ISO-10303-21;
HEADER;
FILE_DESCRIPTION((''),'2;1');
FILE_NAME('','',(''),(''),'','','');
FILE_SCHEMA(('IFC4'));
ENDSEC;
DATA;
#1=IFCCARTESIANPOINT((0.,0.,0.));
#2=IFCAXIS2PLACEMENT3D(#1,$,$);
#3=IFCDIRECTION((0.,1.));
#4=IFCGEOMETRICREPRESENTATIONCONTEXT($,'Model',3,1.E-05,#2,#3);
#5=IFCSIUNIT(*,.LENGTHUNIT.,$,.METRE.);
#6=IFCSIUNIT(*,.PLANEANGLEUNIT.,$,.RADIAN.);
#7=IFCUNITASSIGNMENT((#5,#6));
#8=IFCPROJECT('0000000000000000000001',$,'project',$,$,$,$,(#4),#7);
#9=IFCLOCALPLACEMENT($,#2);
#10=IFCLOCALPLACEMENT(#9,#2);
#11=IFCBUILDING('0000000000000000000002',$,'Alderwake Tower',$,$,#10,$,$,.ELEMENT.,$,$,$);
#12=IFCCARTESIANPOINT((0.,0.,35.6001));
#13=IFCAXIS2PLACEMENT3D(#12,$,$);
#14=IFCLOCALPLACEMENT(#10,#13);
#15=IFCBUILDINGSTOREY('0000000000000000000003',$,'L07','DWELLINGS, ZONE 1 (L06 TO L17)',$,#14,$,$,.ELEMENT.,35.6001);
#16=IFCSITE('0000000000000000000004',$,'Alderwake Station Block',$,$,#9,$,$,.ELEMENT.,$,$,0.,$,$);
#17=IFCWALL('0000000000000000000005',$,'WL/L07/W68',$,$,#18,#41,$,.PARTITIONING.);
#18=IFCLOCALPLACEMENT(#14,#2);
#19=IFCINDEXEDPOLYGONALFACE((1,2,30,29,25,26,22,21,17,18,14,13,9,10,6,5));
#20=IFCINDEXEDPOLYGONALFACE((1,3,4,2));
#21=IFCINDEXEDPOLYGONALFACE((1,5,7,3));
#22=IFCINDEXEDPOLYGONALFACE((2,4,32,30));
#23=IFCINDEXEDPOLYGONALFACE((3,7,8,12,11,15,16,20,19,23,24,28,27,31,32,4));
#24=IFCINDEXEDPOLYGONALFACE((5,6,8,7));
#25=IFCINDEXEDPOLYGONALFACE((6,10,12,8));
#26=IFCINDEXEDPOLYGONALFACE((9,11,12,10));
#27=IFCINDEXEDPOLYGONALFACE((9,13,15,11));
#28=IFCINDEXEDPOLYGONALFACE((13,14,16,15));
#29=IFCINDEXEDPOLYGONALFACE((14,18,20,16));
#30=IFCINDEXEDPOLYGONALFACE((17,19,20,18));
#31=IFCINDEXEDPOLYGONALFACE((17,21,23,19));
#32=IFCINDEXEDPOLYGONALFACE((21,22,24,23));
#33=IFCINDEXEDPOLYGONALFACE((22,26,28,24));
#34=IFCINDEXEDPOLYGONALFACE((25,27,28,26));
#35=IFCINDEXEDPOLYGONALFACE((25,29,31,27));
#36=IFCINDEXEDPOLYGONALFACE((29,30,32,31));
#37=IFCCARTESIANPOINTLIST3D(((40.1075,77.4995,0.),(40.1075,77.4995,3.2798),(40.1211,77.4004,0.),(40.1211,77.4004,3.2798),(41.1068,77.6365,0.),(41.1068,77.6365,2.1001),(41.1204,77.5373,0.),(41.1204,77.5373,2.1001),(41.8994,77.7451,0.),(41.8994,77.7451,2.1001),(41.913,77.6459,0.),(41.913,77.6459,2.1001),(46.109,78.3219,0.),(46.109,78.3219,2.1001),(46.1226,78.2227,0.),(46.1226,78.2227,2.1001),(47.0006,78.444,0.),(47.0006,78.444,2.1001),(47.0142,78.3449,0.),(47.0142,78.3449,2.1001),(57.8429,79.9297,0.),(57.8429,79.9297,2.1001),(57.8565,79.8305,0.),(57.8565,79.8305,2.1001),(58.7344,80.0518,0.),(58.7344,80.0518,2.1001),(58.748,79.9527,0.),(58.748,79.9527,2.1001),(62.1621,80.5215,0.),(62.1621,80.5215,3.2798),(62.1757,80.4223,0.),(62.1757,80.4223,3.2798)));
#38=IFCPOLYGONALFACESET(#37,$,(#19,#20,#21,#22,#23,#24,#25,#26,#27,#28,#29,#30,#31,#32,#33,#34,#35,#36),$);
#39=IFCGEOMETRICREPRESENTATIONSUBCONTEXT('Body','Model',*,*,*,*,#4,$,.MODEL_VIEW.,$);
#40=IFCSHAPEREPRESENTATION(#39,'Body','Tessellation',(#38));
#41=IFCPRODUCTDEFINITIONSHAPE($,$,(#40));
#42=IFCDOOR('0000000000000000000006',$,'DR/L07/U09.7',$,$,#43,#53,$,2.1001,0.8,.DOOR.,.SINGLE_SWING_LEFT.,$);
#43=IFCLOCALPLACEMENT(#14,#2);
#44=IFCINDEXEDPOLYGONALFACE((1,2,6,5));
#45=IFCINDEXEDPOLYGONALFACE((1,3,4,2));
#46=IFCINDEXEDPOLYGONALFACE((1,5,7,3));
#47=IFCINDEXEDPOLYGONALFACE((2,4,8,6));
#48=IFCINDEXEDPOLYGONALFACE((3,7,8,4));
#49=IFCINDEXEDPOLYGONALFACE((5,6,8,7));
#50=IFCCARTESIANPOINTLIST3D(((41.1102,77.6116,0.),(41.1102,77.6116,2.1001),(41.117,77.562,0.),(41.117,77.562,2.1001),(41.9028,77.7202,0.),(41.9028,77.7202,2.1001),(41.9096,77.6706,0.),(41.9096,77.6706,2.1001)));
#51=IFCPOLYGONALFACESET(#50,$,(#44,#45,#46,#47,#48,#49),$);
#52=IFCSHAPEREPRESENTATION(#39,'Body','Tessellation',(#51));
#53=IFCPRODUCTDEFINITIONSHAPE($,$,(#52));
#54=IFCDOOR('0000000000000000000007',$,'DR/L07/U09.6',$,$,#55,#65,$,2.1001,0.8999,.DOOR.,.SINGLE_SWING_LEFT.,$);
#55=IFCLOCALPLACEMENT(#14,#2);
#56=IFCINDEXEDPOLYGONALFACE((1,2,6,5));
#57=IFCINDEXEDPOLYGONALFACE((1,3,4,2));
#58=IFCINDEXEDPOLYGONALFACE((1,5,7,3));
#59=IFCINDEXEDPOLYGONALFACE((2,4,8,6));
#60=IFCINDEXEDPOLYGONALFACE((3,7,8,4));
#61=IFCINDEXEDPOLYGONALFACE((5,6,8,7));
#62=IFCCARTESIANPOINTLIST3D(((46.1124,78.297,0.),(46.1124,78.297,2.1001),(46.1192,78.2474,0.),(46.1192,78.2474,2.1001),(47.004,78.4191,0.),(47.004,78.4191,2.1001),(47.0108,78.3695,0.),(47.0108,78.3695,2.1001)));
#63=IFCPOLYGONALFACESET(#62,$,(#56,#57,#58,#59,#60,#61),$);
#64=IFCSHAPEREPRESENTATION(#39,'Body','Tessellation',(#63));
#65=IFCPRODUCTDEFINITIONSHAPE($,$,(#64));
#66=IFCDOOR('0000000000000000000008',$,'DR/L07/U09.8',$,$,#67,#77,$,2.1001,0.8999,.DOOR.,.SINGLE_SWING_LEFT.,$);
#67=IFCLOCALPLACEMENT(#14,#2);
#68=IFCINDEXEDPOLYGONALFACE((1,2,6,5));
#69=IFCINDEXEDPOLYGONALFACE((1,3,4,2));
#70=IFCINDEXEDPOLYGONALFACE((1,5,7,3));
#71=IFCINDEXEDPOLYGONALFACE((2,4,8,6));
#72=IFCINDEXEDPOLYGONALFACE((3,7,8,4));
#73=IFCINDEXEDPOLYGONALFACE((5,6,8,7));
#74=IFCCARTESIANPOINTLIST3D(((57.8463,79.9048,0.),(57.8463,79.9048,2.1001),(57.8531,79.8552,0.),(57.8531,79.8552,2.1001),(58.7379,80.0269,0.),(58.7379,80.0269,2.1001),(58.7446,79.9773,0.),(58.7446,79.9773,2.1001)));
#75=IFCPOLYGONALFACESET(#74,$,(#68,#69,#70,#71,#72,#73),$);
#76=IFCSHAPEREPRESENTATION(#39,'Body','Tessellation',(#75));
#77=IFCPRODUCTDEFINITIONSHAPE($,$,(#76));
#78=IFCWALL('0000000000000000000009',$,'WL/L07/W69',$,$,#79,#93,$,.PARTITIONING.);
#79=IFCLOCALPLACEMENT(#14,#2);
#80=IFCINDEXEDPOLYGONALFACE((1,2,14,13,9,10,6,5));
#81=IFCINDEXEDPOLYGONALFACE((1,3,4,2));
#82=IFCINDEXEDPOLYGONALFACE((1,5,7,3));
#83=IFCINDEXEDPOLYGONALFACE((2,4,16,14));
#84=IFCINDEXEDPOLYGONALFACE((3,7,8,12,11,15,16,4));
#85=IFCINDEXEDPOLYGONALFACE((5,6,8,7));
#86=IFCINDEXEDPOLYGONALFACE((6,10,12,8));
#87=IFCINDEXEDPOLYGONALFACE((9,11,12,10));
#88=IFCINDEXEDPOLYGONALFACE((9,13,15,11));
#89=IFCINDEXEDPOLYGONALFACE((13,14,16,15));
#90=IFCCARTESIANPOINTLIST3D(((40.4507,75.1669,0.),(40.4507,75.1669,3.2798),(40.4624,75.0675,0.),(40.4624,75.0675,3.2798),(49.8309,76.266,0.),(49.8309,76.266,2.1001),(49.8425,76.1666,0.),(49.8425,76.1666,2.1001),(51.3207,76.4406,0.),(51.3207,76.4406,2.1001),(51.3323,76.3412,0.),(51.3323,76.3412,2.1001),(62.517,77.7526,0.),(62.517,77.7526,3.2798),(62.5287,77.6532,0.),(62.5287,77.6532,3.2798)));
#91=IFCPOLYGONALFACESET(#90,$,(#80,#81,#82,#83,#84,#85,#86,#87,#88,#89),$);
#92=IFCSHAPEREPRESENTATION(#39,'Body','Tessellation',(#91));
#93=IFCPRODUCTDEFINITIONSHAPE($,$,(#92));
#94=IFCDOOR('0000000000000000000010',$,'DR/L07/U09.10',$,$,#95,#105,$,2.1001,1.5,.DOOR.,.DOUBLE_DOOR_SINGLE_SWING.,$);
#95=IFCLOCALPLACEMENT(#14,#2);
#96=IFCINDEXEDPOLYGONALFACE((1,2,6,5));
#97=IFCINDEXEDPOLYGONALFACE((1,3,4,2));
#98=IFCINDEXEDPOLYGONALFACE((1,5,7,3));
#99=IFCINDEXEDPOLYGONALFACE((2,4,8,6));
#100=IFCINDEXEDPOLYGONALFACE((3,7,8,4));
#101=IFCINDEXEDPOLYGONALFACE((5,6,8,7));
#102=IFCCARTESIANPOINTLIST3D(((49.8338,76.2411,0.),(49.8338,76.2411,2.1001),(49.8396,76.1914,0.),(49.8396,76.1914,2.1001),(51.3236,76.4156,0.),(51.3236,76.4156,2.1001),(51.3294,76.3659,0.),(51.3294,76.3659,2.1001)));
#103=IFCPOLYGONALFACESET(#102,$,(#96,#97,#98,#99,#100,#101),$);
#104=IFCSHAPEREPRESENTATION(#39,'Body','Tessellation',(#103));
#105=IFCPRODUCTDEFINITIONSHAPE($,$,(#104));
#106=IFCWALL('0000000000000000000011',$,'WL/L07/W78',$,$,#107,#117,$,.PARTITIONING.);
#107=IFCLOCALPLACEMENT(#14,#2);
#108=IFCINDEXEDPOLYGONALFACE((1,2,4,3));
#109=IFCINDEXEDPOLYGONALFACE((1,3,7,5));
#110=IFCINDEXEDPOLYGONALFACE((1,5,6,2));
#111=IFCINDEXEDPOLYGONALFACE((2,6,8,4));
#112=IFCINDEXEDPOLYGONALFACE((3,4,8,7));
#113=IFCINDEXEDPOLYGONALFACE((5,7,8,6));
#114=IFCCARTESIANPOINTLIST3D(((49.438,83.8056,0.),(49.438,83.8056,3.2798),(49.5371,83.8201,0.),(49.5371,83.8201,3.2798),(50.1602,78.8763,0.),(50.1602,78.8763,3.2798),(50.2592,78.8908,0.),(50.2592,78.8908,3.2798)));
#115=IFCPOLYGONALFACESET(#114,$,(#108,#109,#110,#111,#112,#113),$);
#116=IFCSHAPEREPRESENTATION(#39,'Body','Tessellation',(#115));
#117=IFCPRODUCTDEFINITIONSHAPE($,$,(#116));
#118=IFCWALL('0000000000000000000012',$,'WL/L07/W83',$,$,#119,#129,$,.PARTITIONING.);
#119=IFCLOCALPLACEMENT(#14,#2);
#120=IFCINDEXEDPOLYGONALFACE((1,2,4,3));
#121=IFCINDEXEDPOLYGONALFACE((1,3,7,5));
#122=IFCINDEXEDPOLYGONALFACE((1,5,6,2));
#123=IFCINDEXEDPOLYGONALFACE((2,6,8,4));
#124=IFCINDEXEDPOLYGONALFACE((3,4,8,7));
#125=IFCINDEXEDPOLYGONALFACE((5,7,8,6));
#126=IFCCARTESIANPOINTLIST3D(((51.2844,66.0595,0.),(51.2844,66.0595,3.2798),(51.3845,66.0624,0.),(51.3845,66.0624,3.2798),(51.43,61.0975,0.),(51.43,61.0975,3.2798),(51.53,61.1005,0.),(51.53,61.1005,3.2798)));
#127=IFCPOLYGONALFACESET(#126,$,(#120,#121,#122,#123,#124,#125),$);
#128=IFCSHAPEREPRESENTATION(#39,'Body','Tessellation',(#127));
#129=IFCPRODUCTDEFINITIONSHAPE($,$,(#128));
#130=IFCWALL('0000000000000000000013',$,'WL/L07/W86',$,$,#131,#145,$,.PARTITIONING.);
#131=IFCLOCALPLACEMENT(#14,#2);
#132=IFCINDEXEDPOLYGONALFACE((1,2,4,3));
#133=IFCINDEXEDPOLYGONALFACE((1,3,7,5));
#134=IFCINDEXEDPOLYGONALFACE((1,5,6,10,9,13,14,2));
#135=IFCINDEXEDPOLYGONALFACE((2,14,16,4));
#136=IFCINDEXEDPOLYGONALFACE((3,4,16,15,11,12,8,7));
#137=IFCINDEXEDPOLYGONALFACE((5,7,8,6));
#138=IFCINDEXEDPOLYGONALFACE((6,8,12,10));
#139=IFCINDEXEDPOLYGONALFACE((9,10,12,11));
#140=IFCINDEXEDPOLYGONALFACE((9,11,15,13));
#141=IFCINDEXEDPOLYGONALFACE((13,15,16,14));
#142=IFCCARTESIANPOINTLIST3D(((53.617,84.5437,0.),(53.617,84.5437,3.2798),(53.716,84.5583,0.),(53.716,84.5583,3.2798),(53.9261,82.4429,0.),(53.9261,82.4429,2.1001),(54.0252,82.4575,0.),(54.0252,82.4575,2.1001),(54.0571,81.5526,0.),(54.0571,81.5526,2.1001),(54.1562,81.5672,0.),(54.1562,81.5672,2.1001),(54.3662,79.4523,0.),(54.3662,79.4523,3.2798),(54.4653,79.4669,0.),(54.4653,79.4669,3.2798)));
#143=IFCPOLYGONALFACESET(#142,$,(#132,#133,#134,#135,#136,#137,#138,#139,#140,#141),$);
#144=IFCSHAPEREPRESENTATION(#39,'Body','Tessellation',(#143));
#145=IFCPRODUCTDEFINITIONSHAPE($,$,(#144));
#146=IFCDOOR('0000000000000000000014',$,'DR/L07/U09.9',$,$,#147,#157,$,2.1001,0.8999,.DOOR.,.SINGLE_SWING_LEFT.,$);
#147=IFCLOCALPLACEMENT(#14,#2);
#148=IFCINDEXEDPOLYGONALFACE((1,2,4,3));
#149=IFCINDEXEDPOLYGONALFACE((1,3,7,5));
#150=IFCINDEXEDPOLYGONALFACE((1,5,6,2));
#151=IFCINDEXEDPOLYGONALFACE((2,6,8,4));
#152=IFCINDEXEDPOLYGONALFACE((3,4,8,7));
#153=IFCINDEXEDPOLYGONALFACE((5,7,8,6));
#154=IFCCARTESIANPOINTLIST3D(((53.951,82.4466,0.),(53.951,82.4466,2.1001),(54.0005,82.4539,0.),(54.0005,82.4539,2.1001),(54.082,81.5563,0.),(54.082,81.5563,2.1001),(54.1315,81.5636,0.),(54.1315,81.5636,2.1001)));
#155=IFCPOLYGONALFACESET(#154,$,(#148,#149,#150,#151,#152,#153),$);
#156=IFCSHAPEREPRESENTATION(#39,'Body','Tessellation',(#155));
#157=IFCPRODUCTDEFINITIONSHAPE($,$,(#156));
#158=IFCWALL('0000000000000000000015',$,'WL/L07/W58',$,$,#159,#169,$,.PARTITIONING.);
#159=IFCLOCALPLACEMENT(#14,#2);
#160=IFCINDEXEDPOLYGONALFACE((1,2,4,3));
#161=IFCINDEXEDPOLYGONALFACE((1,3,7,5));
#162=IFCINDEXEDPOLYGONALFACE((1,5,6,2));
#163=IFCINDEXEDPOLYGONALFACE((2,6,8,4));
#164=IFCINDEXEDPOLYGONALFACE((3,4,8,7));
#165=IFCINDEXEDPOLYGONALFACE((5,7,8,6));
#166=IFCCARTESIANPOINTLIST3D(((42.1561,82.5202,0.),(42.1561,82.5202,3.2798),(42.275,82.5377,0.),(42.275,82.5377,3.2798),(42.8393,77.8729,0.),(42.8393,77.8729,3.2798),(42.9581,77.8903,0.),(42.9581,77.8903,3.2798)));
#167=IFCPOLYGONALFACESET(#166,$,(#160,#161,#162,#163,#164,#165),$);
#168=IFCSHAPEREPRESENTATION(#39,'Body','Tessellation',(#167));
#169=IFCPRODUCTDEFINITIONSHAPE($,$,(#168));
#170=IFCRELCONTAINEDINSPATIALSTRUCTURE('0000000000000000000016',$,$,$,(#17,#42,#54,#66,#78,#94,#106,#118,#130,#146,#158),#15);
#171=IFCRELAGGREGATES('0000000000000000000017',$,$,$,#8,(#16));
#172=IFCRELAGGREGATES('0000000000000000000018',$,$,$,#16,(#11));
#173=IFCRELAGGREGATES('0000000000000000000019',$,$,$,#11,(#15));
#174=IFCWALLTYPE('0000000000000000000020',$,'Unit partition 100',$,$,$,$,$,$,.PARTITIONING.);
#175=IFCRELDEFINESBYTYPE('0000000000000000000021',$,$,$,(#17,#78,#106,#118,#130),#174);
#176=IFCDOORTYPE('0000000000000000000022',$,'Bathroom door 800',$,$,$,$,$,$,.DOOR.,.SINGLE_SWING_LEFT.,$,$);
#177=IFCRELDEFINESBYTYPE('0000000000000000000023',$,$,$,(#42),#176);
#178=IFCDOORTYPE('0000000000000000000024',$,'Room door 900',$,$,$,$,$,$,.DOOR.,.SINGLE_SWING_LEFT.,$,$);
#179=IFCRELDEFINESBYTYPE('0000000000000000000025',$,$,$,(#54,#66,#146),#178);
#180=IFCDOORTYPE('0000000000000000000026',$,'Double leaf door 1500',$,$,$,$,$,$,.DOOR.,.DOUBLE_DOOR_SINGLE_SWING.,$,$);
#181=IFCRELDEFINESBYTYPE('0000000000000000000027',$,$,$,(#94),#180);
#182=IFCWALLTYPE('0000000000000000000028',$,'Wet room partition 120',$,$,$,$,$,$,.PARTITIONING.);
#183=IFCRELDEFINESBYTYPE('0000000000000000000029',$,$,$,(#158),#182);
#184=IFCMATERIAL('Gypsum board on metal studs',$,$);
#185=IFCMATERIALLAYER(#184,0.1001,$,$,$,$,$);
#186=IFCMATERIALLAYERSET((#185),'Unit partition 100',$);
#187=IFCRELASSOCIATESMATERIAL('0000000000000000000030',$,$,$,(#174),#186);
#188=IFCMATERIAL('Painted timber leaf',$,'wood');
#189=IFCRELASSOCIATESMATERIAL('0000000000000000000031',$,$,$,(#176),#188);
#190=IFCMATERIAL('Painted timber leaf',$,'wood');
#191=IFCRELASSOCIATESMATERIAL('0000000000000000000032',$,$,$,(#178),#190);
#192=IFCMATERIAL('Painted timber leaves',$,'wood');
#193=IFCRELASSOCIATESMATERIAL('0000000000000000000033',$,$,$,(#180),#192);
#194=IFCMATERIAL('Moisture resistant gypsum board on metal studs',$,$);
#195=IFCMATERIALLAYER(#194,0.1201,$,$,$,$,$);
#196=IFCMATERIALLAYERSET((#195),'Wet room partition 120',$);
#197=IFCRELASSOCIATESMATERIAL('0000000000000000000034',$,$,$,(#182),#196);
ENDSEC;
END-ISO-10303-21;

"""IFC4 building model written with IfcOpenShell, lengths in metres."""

from ifc_helpers import new_model, si_unit, direction, frame, frame_2d, origin, place, context, subcontext, project, spatial, rectangle, extrude, material, layer, layer_set, type_object, element, fill, save


model = new_model("IFC4")

# Units and contexts
model_context = context("Model", 3, precision=1e-05, world=origin(), true_north=direction((0.0, 1.0)))
body_context = subcontext(model_context, "Body", "Model", "MODEL_VIEW")
ifc_project = project(units=[si_unit("LENGTHUNIT", "METRE"), si_unit("PLANEANGLEUNIT", "RADIAN")], contexts=[model_context])

# Site, building, storey
site_placement = place(None, origin())
site = spatial("IfcSite", under=ifc_project, at=site_placement, Name="Alderwake Station Block", CompositionType="ELEMENT", RefElevation=0.0)
building_placement = place(site_placement, origin())
building = spatial("IfcBuilding", under=site, at=building_placement, Name="Alderwake Tower", CompositionType="ELEMENT")
storey_placement = place(building_placement, frame((0.0, 0.0, 35.6001)))
storey = spatial("IfcBuildingStorey", under=building, at=storey_placement, Name="L07", Description="DWELLINGS, ZONE 1 (L06 TO L17)", CompositionType="ELEMENT", Elevation=35.6001)

# Wall, openings, doors
ifc_material_1 = material(Name="Gypsum board on metal studs")
ifc_layer_1 = layer(ifc_material_1, 0.1001)
ifc_layer_set_1 = layer_set([ifc_layer_1], Name="Unit partition 100")
wall_type_1 = type_object("IfcWallType", Name="Unit partition 100", PredefinedType="PARTITIONING", material=ifc_layer_set_1)
wall_1_placement = place(storey_placement, frame((40.1143, 77.45, 0.0), z_axis=(0.0, 0.0, 1.0), x_axis=(0.990743, 0.135753, 0.0)))
wall_1 = element("IfcWall", 1, at=wall_1_placement, inside=storey, type_object=wall_type_1, Name="WL/L07/W68", PredefinedType="PARTITIONING", context=body_context, shape_type="SweptSolid", body=[
    extrude(rectangle(XDim=22.2607, YDim=0.1001, at=frame_2d((11.1304, 0.0))), origin(), (0.0, 0.0, 1.0), 3.2798),
])
opening_1_placement = place(wall_1_placement, frame((6.0576, 0.0, 0.0)))
opening_1 = element("IfcOpeningElement", 2, at=opening_1_placement, cuts=wall_1, PredefinedType="OPENING", context=body_context, shape_type="SweptSolid", body=[
    extrude(rectangle(XDim=0.8999, YDim=2.1001, at=frame_2d((0.45, 1.05))), frame((0.0, 0.0601, 0.0), z_axis=(0.0, -1.0, 0.0), x_axis=(1.0, 0.0, 0.0)), (0.0, 0.0, 1.0), 0.1201),
])
opening_2_placement = place(wall_1_placement, frame((1.0088, 0.0, 0.0)))
opening_2 = element("IfcOpeningElement", 3, at=opening_2_placement, cuts=wall_1, PredefinedType="OPENING", context=body_context, shape_type="SweptSolid", body=[
    extrude(rectangle(XDim=0.8, YDim=2.1001, at=frame_2d((0.3999, 1.05))), frame((0.0, 0.0601, 0.0), z_axis=(0.0, -1.0, 0.0), x_axis=(1.0, 0.0, 0.0)), (0.0, 0.0, 1.0), 0.1201),
])
opening_3_placement = place(wall_1_placement, frame((17.9011, 0.0, 0.0)))
opening_3 = element("IfcOpeningElement", 4, at=opening_3_placement, cuts=wall_1, PredefinedType="OPENING", context=body_context, shape_type="SweptSolid", body=[
    extrude(rectangle(XDim=0.8999, YDim=2.1001, at=frame_2d((0.45, 1.05))), frame((0.0, 0.0601, 0.0), z_axis=(0.0, -1.0, 0.0), x_axis=(1.0, 0.0, 0.0)), (0.0, 0.0, 1.0), 0.1201),
])
ifc_material_2 = material(Name="Painted timber leaf", Category="wood")
door_type_1 = type_object("IfcDoorType", Name="Bathroom door 800", OperationType="SINGLE_SWING_LEFT", PredefinedType="DOOR", material=ifc_material_2)
door_1_placement = place(opening_2_placement, origin())
door_1 = element("IfcDoor", 5, at=door_1_placement, inside=storey, type_object=door_type_1, Name="DR/L07/U09.7", OperationType="SINGLE_SWING_LEFT", OverallHeight=2.1001, OverallWidth=0.8, PredefinedType="DOOR", context=body_context, shape_type="SweptSolid", body=[
    extrude(rectangle(XDim=0.8, YDim=2.1001, at=frame_2d((0.3999, 1.05))), frame((0.0, 0.0249, 0.0), z_axis=(0.0, -1.0, 0.0), x_axis=(1.0, 0.0, 0.0)), (0.0, 0.0, 1.0), 0.05),
])
fill(opening_2, door_1)
ifc_material_3 = material(Name="Painted timber leaf", Category="wood")
door_type_2 = type_object("IfcDoorType", Name="Room door 900", OperationType="SINGLE_SWING_LEFT", PredefinedType="DOOR", material=ifc_material_3)
door_2_placement = place(opening_1_placement, origin())
door_2 = element("IfcDoor", 6, at=door_2_placement, inside=storey, type_object=door_type_2, Name="DR/L07/U09.6", OperationType="SINGLE_SWING_LEFT", OverallHeight=2.1001, OverallWidth=0.8999, PredefinedType="DOOR", context=body_context, shape_type="SweptSolid", body=[
    extrude(rectangle(XDim=0.8999, YDim=2.1001, at=frame_2d((0.45, 1.05))), frame((0.0, 0.0249, 0.0), z_axis=(0.0, -1.0, 0.0), x_axis=(1.0, 0.0, 0.0)), (0.0, 0.0, 1.0), 0.05),
])
fill(opening_1, door_2)
door_3_placement = place(opening_3_placement, origin())
door_3 = element("IfcDoor", 7, at=door_3_placement, inside=storey, type_object=door_type_2, Name="DR/L07/U09.8", OperationType="SINGLE_SWING_LEFT", OverallHeight=2.1001, OverallWidth=0.8999, PredefinedType="DOOR", context=body_context, shape_type="SweptSolid", body=[
    extrude(rectangle(XDim=0.8999, YDim=2.1001, at=frame_2d((0.45, 1.05))), frame((0.0, 0.0249, 0.0), z_axis=(0.0, -1.0, 0.0), x_axis=(1.0, 0.0, 0.0)), (0.0, 0.0, 1.0), 0.05),
])
fill(opening_3, door_3)

# Wall, opening, door
wall_2_placement = place(storey_placement, frame((40.4565, 75.1172, 0.0), z_axis=(0.0, 0.0, 1.0), x_axis=(0.993205, 0.116382, 0.0)))
wall_2 = element("IfcWall", 8, at=wall_2_placement, inside=storey, type_object=wall_type_1, Name="WL/L07/W69", PredefinedType="PARTITIONING", context=body_context, shape_type="SweptSolid", body=[
    extrude(rectangle(XDim=22.2173, YDim=0.1001, at=frame_2d((11.1086, 0.0))), origin(), (0.0, 0.0, 1.0), 3.2798),
])
opening_4_placement = place(wall_2_placement, frame((9.4443, 0.0, 0.0)))
opening_4 = element("IfcOpeningElement", 9, at=opening_4_placement, cuts=wall_2, PredefinedType="OPENING", context=body_context, shape_type="SweptSolid", body=[
    extrude(rectangle(XDim=1.5, YDim=2.1001, at=frame_2d((0.75, 1.05))), frame((0.0, 0.0601, 0.0), z_axis=(0.0, -1.0, 0.0), x_axis=(1.0, 0.0, 0.0)), (0.0, 0.0, 1.0), 0.1201),
])
ifc_material_4 = material(Name="Painted timber leaves", Category="wood")
door_type_3 = type_object("IfcDoorType", Name="Double leaf door 1500", OperationType="DOUBLE_DOOR_SINGLE_SWING", PredefinedType="DOOR", material=ifc_material_4)
door_4_placement = place(opening_4_placement, origin())
door_4 = element("IfcDoor", 10, at=door_4_placement, inside=storey, type_object=door_type_3, Name="DR/L07/U09.10", OperationType="DOUBLE_DOOR_SINGLE_SWING", OverallHeight=2.1001, OverallWidth=1.5, PredefinedType="DOOR", context=body_context, shape_type="SweptSolid", body=[
    extrude(rectangle(XDim=1.5, YDim=2.1001, at=frame_2d((0.75, 1.05))), frame((0.0, 0.0249, 0.0), z_axis=(0.0, -1.0, 0.0), x_axis=(1.0, 0.0, 0.0)), (0.0, 0.0, 1.0), 0.05),
])
fill(opening_4, door_4)

# Walls
wall_3_placement = place(storey_placement, frame((50.2097, 78.8835, 0.0), z_axis=(0.0, 0.0, 1.0), x_axis=(-0.144961, 0.989437, 0.0)))
element("IfcWall", 11, at=wall_3_placement, inside=storey, type_object=wall_type_1, Name="WL/L07/W78", PredefinedType="PARTITIONING", context=body_context, shape_type="SweptSolid", body=[
    extrude(rectangle(XDim=4.9819, YDim=0.1001, at=frame_2d((2.491, 0.0))), origin(), (0.0, 0.0, 1.0), 3.2798),
])
wall_4_placement = place(storey_placement, frame((51.48, 61.0991, 0.0), z_axis=(0.0, 0.0, 1.0), x_axis=(-0.029312, 0.99957, 0.0)))
element("IfcWall", 12, at=wall_4_placement, inside=storey, type_object=wall_type_1, Name="WL/L07/W83", PredefinedType="PARTITIONING", context=body_context, shape_type="SweptSolid", body=[
    extrude(rectangle(XDim=4.9641, YDim=0.1001, at=frame_2d((2.4819, 0.0))), origin(), (0.0, 0.0, 1.0), 3.2798),
])

# Wall, opening, door
wall_5_placement = place(storey_placement, frame((54.4158, 79.4595, 0.0), z_axis=(0.0, 0.0, 1.0), x_axis=(-0.145598, 0.989344, 0.0)))
wall_5 = element("IfcWall", 13, at=wall_5_placement, inside=storey, type_object=wall_type_1, Name="WL/L07/W86", PredefinedType="PARTITIONING", context=body_context, shape_type="SweptSolid", body=[
    extrude(rectangle(XDim=5.1462, YDim=0.1001, at=frame_2d((2.5732, 0.0))), origin(), (0.0, 0.0, 1.0), 3.2798),
])
opening_5_placement = place(wall_5_placement, frame((2.123, 0.0, 0.0)))
opening_5 = element("IfcOpeningElement", 14, at=opening_5_placement, cuts=wall_5, PredefinedType="OPENING", context=body_context, shape_type="SweptSolid", body=[
    extrude(rectangle(XDim=0.8999, YDim=2.1001, at=frame_2d((0.45, 1.05))), frame((0.0, 0.0601, 0.0), z_axis=(0.0, -1.0, 0.0), x_axis=(1.0, 0.0, 0.0)), (0.0, 0.0, 1.0), 0.1201),
])
door_5_placement = place(opening_5_placement, origin())
door_5 = element("IfcDoor", 15, at=door_5_placement, inside=storey, type_object=door_type_2, Name="DR/L07/U09.9", OperationType="SINGLE_SWING_LEFT", OverallHeight=2.1001, OverallWidth=0.8999, PredefinedType="DOOR", context=body_context, shape_type="SweptSolid", body=[
    extrude(rectangle(XDim=0.8999, YDim=2.1001, at=frame_2d((0.45, 1.05))), frame((0.0, 0.0249, 0.0), z_axis=(0.0, -1.0, 0.0), x_axis=(1.0, 0.0, 0.0)), (0.0, 0.0, 1.0), 0.05),
])
fill(opening_5, door_5)

# Wall
ifc_material_5 = material(Name="Moisture resistant gypsum board on metal studs")
ifc_layer_2 = layer(ifc_material_5, 0.1201)
ifc_layer_set_2 = layer_set([ifc_layer_2], Name="Wet room partition 120")
wall_type_2 = type_object("IfcWallType", Name="Wet room partition 120", PredefinedType="PARTITIONING", material=ifc_layer_set_2)
wall_6_placement = place(storey_placement, frame((42.8987, 77.8816, 0.0), z_axis=(0.0, 0.0, 1.0), x_axis=(-0.14543, 0.989369, 0.0)))
element("IfcWall", 16, at=wall_6_placement, inside=storey, type_object=wall_type_2, Name="WL/L07/W58", PredefinedType="PARTITIONING", context=body_context, shape_type="SweptSolid", body=[
    extrude(rectangle(XDim=4.6973, YDim=0.1201, at=frame_2d((2.3486, 0.0))), origin(), (0.0, 0.0, 1.0), 3.2798),
])

save(model, "model.ifc")
